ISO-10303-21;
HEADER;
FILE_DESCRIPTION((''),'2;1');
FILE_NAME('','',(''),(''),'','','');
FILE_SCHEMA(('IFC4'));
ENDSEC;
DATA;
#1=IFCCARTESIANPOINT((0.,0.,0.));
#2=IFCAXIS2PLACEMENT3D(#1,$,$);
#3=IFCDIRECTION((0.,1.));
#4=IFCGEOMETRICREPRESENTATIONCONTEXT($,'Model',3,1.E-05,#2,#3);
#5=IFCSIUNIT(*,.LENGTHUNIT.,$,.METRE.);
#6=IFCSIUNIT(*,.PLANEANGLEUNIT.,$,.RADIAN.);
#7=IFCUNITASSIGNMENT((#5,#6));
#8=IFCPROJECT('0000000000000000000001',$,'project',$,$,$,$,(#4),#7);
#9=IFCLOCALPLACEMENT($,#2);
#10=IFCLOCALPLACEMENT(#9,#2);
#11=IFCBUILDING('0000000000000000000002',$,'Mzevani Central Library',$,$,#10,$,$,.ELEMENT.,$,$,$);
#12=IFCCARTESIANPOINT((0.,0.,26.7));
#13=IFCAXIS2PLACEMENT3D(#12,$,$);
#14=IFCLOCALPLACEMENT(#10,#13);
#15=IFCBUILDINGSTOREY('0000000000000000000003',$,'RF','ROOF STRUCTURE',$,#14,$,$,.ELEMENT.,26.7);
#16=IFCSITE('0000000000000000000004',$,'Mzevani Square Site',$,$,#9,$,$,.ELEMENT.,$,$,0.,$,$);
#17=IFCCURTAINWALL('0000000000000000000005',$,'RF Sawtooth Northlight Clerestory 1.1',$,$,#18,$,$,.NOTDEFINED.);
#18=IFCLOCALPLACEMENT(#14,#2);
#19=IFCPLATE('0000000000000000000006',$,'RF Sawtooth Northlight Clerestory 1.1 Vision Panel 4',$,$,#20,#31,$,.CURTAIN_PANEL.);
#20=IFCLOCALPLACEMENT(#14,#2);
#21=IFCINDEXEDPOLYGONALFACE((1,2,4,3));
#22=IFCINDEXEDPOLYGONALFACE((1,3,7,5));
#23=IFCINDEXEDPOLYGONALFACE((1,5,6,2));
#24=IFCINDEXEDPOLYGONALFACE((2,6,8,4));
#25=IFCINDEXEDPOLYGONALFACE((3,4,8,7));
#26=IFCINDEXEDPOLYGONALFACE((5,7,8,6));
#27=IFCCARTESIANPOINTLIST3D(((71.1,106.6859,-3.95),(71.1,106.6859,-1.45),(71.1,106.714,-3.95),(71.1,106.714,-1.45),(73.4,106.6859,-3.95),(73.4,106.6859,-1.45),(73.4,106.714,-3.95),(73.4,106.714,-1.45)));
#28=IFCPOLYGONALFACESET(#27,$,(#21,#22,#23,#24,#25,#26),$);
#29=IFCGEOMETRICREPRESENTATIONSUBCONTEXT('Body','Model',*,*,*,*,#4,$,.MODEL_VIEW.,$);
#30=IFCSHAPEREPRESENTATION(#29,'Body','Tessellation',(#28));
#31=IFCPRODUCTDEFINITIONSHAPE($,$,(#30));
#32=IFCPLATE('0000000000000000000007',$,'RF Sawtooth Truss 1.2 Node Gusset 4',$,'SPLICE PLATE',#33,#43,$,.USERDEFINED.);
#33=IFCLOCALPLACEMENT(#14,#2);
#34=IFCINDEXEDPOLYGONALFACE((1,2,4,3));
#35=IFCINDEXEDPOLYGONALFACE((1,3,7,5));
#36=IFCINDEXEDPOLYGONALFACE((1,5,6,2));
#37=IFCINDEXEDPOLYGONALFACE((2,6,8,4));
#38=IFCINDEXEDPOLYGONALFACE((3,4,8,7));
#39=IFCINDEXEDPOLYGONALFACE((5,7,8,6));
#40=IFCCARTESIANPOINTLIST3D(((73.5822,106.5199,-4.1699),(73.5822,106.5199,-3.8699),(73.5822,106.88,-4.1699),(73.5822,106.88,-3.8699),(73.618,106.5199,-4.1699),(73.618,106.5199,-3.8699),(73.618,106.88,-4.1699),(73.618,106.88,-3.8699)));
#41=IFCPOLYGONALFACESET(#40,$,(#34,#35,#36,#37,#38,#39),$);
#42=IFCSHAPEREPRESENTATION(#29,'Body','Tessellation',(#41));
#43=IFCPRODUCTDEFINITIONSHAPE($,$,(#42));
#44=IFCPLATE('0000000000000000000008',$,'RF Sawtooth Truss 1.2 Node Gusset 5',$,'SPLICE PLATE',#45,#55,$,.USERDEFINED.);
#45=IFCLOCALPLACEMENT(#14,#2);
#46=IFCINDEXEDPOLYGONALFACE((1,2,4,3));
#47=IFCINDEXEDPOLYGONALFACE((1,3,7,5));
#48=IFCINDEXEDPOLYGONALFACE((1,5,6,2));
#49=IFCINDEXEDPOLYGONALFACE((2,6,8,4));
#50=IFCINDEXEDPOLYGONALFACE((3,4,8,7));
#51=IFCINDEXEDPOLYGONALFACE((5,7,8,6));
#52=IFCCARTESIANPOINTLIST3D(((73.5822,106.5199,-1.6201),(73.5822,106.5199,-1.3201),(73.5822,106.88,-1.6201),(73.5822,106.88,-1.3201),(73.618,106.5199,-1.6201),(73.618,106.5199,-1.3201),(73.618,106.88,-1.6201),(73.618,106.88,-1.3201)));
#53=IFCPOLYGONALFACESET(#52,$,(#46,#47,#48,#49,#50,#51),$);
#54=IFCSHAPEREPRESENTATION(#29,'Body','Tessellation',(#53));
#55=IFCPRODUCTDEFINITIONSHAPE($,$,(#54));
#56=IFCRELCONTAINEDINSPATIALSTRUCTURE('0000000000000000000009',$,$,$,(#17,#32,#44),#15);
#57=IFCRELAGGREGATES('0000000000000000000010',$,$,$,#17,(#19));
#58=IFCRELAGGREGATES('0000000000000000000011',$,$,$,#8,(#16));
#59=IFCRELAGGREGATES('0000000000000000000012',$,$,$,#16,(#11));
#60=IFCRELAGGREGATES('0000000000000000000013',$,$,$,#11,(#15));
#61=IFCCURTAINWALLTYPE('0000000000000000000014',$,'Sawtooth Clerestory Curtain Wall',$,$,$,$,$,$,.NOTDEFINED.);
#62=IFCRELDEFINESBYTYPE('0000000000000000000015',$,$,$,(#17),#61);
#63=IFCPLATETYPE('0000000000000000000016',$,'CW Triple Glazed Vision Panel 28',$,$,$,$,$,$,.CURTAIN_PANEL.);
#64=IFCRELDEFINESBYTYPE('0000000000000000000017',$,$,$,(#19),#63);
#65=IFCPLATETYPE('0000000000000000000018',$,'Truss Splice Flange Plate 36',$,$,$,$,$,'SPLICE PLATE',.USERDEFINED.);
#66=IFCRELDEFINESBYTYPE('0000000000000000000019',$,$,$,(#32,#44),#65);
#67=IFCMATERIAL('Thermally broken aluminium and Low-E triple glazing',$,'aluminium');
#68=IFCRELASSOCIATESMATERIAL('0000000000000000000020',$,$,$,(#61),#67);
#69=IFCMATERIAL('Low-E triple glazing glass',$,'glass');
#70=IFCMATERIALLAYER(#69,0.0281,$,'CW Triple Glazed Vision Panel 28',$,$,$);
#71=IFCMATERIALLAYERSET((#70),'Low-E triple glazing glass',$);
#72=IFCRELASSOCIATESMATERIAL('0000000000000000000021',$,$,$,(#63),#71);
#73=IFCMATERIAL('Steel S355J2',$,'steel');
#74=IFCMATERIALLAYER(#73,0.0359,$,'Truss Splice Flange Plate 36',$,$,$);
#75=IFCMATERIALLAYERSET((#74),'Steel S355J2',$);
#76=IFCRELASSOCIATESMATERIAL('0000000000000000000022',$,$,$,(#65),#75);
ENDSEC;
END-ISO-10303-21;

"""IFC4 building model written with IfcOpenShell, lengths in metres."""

from ifc_helpers import new_model, si_unit, direction, frame, origin, origin_2d, place, context, subcontext, project, spatial, rectangle, extrude, material, layer, layer_set, type_object, element, aggregate, save


model = new_model("IFC4")

# Units and contexts
model_context = context("Model", 3, precision=1e-05, world=origin(), true_north=direction((0.0, 1.0)))
body_context = subcontext(model_context, "Body", "Model", "MODEL_VIEW")
ifc_project = project(units=[si_unit("LENGTHUNIT", "METRE"), si_unit("PLANEANGLEUNIT", "RADIAN")], contexts=[model_context])

# Site, building, storey
site_placement = place(None, origin())
site = spatial("IfcSite", under=ifc_project, at=site_placement, Name="Mzevani Square Site", CompositionType="ELEMENT", RefElevation=0.0)
building_placement = place(site_placement, origin())
building = spatial("IfcBuilding", under=site, at=building_placement, Name="Mzevani Central Library", CompositionType="ELEMENT")
storey_placement = place(building_placement, frame((0.0, 0.0, 26.7)))
storey = spatial("IfcBuildingStorey", under=building, at=storey_placement, Name="RF", Description="ROOF STRUCTURE", CompositionType="ELEMENT", Elevation=26.7)

# Curtain wall
ifc_material_1 = material(Name="Thermally broken aluminium and Low-E triple glazing", Category="aluminium")
curtain_wall_type = type_object("IfcCurtainWallType", Name="Sawtooth Clerestory Curtain Wall", PredefinedType="NOTDEFINED", material=ifc_material_1)
curtain_wall_placement = place(storey_placement, origin())
curtain_wall = element("IfcCurtainWall", 1, at=curtain_wall_placement, inside=storey, type_object=curtain_wall_type, Name="RF Sawtooth Northlight Clerestory 1.1", PredefinedType="NOTDEFINED")

# Shared definitions
ifc_material_2 = material(Name="Steel S355J2", Category="steel")

# Plate
ifc_material_3 = material(Name="Low-E triple glazing glass", Category="glass")
ifc_layer_1 = layer(ifc_material_3, 0.0281, Name="CW Triple Glazed Vision Panel 28")
ifc_layer_set_1 = layer_set([ifc_layer_1], Name="Low-E triple glazing glass")
plate_type_1 = type_object("IfcPlateType", Name="CW Triple Glazed Vision Panel 28", PredefinedType="CURTAIN_PANEL", material=ifc_layer_set_1)
plate_1_placement = place(storey_placement, frame((72.25, 106.7, -3.95), z_axis=(0.0, 0.0, 1.0), x_axis=(1.0, 0.0, 0.0)))
plate_1 = element("IfcPlate", 2, at=plate_1_placement, type_object=plate_type_1, Name="RF Sawtooth Northlight Clerestory 1.1 Vision Panel 4", PredefinedType="CURTAIN_PANEL", context=body_context, shape_type="SweptSolid", body=[
    extrude(rectangle(XDim=2.3, YDim=0.0281, at=origin_2d()), origin(), (0.0, 0.0, 1.0), 2.5),
])
aggregate(curtain_wall, [plate_1])

# Plates
ifc_layer_2 = layer(ifc_material_2, 0.0359, Name="Truss Splice Flange Plate 36")
ifc_layer_set_2 = layer_set([ifc_layer_2], Name="Steel S355J2")
plate_type_2 = type_object("IfcPlateType", Name="Truss Splice Flange Plate 36", ElementType="SPLICE PLATE", PredefinedType="USERDEFINED", material=ifc_layer_set_2)
for number, where, z_axis, x_axis, name in (
    (3, (73.6001, 106.7, -4.1699), (0.0, 0.0, 1.0), (1.0, 0.0, 0.0), "RF Sawtooth Truss 1.2 Node Gusset 4"),
    (4, (73.6001, 106.7, -1.6201), (0.0, 0.0, 1.0), (1.0, 0.0, 0.0), "RF Sawtooth Truss 1.2 Node Gusset 5"),
):
    element("IfcPlate", number, at=place(storey_placement, frame(where, z_axis=z_axis, x_axis=x_axis)), inside=storey, type_object=plate_type_2, Name=name, ObjectType="SPLICE PLATE", PredefinedType="USERDEFINED", context=body_context, shape_type="SweptSolid", body=[
        extrude(rectangle(XDim=0.0359, YDim=0.3601, at=origin_2d()), origin(), (0.0, 0.0, 1.0), 0.3),
    ])

save(model, "model.ifc")
